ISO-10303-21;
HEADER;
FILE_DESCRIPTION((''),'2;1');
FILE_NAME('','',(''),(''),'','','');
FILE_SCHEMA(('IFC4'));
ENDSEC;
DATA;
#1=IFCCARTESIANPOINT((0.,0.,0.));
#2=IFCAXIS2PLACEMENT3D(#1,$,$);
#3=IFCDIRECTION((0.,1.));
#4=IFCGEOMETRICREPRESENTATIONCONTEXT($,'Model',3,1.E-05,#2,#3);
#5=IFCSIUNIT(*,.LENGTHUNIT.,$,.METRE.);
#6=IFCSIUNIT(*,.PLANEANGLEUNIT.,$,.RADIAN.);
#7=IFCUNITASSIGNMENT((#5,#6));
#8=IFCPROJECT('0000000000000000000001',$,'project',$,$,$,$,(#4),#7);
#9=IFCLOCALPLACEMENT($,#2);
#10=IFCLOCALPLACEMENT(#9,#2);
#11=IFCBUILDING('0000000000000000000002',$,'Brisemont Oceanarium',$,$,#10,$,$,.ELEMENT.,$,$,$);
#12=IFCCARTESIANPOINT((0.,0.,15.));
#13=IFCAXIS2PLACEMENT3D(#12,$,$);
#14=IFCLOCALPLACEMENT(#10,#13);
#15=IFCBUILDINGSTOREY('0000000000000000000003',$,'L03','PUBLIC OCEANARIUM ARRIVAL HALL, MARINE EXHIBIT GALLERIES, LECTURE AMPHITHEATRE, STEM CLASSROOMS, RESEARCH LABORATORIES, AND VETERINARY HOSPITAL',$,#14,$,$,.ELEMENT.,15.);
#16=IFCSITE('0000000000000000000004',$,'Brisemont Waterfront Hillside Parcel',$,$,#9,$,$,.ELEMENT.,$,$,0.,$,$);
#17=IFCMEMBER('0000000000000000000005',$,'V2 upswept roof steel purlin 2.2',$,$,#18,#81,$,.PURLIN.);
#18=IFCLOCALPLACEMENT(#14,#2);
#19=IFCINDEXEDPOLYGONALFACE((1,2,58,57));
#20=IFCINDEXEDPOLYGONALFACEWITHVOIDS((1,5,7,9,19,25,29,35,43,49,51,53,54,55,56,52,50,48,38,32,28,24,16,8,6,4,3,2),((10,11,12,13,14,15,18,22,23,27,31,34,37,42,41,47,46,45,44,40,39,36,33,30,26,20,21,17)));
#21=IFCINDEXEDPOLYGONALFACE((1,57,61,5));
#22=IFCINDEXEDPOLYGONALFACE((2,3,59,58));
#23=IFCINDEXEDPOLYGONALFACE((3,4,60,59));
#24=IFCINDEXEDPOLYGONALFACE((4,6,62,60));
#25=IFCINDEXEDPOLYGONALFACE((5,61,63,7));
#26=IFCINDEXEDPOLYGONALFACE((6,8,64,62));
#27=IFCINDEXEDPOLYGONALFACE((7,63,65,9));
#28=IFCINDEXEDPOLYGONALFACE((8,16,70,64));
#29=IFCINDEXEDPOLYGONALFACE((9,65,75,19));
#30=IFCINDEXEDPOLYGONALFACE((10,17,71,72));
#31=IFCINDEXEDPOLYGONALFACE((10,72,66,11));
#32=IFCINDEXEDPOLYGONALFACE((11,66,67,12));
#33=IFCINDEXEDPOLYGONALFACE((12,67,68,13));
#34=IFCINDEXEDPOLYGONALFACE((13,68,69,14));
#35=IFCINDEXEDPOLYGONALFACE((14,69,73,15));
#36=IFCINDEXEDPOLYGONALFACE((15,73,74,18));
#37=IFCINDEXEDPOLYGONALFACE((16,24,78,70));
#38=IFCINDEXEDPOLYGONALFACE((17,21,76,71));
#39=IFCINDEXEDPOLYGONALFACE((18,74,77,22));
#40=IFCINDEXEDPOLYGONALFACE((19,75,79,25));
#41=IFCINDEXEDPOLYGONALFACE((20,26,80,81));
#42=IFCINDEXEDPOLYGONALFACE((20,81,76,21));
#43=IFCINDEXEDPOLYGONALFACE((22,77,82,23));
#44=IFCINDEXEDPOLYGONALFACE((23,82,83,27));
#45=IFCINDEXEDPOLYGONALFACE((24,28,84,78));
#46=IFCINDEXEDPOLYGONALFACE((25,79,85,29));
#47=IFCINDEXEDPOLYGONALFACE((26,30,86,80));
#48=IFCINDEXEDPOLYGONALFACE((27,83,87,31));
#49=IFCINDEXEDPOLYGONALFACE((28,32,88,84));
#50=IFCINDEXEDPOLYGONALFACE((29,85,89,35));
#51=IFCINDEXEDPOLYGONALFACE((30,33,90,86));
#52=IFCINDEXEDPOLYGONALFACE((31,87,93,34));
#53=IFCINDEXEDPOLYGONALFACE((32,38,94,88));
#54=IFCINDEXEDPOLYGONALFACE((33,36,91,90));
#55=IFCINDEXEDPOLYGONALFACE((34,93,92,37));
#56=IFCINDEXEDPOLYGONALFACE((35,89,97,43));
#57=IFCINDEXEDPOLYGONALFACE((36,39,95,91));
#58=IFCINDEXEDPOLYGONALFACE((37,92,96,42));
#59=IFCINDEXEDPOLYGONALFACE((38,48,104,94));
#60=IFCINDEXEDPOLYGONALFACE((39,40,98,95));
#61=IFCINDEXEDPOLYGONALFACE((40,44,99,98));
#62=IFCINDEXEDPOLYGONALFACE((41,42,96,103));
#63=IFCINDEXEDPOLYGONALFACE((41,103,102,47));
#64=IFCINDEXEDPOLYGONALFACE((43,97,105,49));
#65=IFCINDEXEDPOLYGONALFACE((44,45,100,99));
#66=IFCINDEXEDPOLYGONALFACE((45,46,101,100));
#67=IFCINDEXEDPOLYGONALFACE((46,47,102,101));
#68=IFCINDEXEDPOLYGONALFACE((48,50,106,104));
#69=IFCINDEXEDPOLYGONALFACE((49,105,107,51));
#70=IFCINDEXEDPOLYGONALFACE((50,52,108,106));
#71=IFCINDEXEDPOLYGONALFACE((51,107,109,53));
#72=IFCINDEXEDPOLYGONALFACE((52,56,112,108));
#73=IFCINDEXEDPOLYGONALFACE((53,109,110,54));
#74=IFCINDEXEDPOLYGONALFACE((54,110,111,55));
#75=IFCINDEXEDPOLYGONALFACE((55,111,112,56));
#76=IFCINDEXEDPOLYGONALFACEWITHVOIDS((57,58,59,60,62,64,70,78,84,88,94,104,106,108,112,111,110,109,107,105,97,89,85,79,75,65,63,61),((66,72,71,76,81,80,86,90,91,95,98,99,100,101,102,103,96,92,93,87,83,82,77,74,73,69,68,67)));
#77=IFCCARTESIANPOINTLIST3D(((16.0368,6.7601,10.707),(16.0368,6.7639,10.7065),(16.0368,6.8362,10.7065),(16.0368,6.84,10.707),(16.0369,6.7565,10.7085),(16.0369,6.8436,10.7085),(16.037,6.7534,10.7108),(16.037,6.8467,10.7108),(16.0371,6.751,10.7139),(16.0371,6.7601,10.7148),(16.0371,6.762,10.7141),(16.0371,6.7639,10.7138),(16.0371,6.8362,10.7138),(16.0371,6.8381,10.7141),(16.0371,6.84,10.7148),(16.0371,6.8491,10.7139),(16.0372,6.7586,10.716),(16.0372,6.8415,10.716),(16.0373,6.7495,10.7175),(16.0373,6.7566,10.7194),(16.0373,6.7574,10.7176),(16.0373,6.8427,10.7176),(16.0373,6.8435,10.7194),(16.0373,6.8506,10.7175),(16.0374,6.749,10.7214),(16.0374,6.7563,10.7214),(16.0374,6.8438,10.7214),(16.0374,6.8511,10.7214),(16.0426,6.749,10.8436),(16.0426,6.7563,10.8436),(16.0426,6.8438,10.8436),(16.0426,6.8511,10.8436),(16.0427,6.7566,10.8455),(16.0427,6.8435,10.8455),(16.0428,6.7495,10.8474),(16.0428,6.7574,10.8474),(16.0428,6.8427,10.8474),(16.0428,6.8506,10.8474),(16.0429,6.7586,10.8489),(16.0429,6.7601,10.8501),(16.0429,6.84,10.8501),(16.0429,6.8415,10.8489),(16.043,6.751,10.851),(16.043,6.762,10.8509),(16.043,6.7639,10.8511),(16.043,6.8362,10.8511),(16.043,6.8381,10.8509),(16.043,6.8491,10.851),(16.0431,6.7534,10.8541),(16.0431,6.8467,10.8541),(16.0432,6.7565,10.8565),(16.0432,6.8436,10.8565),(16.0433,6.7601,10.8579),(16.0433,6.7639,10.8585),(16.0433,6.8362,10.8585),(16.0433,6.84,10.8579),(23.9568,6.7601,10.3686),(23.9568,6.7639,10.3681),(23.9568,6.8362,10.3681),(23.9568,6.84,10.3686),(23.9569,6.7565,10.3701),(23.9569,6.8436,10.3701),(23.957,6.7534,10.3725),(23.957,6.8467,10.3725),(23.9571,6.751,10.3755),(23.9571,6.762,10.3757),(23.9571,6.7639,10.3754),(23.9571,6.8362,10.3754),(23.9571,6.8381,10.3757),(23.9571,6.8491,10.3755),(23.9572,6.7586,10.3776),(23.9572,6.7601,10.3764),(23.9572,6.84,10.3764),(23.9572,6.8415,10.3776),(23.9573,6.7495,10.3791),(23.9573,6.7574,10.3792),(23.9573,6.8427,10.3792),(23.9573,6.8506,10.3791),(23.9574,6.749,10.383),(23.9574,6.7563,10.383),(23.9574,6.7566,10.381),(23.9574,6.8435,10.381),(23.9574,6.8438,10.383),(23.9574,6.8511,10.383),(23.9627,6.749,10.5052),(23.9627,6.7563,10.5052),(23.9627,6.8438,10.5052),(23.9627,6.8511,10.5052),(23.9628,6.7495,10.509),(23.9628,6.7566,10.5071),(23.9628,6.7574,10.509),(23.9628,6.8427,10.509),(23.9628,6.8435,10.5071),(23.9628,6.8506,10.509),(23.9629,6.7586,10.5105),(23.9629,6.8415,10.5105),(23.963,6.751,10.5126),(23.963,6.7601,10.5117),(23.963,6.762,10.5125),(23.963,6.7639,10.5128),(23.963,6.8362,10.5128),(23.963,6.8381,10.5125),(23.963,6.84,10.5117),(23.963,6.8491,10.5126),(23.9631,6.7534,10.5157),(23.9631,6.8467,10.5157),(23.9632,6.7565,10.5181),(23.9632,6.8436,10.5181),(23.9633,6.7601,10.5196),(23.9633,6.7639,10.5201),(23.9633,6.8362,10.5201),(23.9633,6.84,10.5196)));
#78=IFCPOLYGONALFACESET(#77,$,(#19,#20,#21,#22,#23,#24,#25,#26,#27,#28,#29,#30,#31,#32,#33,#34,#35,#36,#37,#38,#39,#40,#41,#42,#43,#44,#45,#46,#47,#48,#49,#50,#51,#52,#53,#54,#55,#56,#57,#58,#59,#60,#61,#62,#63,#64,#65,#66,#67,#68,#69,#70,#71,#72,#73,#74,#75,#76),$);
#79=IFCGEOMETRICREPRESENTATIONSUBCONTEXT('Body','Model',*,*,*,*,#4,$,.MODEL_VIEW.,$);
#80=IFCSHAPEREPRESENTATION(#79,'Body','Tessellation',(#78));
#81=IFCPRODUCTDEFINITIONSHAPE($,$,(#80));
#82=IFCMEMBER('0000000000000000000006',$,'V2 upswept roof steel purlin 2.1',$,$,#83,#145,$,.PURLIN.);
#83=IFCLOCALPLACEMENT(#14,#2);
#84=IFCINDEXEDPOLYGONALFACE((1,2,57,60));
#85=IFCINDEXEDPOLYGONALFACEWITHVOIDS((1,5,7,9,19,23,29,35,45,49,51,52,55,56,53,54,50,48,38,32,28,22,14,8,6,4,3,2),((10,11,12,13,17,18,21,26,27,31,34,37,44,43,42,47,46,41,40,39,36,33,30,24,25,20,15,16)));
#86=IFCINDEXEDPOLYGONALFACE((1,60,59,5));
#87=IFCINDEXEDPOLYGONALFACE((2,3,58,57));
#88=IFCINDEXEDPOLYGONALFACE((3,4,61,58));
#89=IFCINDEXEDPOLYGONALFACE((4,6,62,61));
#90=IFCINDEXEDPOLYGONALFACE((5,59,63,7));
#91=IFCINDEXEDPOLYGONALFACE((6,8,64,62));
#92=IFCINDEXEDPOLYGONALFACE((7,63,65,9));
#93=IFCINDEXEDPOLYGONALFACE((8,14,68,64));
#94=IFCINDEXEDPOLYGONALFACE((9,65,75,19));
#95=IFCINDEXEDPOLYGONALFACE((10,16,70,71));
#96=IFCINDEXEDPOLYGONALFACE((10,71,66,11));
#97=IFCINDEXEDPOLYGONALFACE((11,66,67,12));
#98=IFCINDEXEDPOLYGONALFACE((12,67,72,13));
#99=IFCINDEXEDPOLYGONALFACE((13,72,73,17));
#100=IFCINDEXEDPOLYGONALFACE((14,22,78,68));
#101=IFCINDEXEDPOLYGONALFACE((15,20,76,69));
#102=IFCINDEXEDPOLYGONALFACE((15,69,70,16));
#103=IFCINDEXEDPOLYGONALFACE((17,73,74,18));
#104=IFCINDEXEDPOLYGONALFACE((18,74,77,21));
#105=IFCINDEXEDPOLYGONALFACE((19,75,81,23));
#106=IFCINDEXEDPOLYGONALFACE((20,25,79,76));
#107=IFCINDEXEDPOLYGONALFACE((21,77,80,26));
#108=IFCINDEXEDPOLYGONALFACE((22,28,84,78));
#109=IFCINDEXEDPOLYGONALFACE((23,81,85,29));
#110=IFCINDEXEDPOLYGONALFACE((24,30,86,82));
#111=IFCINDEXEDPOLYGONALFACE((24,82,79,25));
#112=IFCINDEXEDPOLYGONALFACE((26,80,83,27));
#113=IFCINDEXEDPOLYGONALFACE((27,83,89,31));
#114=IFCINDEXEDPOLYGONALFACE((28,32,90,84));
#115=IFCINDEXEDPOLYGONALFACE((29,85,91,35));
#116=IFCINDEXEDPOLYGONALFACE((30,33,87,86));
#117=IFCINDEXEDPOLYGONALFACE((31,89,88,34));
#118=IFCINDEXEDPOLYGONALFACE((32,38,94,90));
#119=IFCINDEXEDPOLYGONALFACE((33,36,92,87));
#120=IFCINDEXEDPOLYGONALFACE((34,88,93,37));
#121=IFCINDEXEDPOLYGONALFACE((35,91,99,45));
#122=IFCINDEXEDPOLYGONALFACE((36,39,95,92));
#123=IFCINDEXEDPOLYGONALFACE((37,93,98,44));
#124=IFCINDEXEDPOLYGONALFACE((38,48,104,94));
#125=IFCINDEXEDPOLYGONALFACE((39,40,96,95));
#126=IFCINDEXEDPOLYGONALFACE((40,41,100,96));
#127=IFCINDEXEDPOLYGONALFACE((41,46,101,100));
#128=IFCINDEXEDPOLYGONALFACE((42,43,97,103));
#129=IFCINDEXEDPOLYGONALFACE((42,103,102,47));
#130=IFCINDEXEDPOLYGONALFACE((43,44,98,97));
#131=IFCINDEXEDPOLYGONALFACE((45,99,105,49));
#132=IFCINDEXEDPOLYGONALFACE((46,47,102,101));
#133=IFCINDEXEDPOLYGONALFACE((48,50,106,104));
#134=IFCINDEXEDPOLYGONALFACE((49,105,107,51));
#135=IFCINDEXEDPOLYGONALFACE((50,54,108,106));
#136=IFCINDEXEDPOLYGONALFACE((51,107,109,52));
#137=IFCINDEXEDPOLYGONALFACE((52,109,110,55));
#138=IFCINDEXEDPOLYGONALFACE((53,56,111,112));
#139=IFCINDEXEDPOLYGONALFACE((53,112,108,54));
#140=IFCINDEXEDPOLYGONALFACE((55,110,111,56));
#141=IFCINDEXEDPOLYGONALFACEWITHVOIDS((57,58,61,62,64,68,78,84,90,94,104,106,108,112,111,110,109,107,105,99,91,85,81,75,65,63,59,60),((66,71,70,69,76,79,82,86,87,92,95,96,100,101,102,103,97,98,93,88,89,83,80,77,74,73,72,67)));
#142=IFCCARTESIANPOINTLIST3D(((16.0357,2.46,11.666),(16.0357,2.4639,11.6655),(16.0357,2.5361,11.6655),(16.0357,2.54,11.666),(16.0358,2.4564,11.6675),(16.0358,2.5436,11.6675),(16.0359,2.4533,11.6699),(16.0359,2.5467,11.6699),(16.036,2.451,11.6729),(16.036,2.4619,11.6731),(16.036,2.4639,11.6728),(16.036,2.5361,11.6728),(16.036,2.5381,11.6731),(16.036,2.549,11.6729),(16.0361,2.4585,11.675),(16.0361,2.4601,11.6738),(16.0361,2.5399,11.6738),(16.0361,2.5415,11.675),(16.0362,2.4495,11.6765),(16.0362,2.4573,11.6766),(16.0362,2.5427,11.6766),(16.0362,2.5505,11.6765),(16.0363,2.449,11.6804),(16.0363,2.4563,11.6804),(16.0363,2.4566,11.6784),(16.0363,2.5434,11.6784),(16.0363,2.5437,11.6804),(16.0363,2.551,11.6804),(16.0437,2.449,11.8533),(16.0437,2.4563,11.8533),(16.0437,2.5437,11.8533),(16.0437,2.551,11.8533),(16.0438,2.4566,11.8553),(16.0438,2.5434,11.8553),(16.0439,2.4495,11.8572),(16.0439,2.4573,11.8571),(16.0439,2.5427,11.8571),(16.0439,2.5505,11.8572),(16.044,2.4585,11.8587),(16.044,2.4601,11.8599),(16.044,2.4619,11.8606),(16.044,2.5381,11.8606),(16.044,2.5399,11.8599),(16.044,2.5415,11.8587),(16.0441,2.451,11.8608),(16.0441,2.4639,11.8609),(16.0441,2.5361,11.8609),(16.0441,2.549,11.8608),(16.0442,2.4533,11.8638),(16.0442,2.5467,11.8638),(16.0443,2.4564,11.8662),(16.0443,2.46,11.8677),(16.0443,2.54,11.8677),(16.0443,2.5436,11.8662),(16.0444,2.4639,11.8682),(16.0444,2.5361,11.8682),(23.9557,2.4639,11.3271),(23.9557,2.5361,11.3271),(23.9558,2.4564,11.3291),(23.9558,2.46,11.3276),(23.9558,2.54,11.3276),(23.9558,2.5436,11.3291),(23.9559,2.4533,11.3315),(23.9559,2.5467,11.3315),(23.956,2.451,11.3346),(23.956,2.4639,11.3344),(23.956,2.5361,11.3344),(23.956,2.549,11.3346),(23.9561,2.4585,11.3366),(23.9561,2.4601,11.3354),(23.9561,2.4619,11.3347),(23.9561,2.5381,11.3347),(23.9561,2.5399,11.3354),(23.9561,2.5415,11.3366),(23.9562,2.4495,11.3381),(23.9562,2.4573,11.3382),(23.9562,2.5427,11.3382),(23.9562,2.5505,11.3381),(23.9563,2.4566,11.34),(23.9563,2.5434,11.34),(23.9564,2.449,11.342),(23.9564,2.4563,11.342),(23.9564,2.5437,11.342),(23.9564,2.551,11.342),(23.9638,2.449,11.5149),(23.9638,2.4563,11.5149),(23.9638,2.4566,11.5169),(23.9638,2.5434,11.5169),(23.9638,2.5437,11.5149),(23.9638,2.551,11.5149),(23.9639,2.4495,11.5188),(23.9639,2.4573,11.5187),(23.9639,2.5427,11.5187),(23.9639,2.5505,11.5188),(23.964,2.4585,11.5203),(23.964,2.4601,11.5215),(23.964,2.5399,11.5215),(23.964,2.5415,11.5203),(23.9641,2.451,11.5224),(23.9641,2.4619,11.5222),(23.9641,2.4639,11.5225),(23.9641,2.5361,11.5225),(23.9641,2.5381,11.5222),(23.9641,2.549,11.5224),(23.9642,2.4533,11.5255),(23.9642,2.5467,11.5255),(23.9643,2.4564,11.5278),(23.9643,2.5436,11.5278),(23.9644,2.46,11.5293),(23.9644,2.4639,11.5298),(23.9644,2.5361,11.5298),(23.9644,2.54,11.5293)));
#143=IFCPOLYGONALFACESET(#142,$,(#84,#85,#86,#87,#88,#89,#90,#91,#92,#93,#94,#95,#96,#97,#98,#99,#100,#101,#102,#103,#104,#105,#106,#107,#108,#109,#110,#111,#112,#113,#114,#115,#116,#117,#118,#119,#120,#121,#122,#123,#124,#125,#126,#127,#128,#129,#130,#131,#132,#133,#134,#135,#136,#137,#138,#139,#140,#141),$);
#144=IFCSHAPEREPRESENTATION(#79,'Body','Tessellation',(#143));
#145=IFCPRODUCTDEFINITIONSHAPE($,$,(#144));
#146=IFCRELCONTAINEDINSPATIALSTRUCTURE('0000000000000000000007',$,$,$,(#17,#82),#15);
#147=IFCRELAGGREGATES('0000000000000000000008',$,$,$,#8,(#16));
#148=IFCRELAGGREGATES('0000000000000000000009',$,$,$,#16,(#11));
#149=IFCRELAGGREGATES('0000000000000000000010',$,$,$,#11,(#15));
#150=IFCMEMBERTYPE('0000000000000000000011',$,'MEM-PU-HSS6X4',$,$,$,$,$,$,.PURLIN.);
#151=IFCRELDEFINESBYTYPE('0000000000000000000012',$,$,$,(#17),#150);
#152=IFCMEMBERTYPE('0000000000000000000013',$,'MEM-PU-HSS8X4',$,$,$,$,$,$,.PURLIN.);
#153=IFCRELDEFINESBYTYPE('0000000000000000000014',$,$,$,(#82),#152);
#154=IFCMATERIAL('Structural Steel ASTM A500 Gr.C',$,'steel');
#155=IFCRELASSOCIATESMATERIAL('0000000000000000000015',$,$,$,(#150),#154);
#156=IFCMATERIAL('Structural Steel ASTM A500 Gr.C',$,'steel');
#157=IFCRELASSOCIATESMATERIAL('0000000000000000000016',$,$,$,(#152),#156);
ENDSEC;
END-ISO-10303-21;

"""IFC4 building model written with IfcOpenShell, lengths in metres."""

from ifc_helpers import new_model, si_unit, direction, frame, origin, origin_2d, place, context, subcontext, project, spatial, hollow_rectangle, extrude, material, material_profile, profile_set, type_object, element, save


model = new_model("IFC4")

# Units and contexts
model_context = context("Model", 3, precision=1e-05, world=origin(), true_north=direction((0.0, 1.0)))
body_context = subcontext(model_context, "Body", "Model", "MODEL_VIEW")
ifc_project = project(units=[si_unit("LENGTHUNIT", "METRE"), si_unit("PLANEANGLEUNIT", "RADIAN")], contexts=[model_context])

# Site, building, storey
site_placement = place(None, origin())
site = spatial("IfcSite", under=ifc_project, at=site_placement, Name="Brisemont Waterfront Hillside Parcel", CompositionType="ELEMENT", RefElevation=0.0)
building_placement = place(site_placement, origin())
building = spatial("IfcBuilding", under=site, at=building_placement, Name="Brisemont Oceanarium", CompositionType="ELEMENT")
storey_placement = place(building_placement, frame((0.0, 0.0, 15.0)))
storey = spatial("IfcBuildingStorey", under=building, at=storey_placement, Name="L03", Description="PUBLIC OCEANARIUM ARRIVAL HALL, MARINE EXHIBIT GALLERIES, LECTURE AMPHITHEATRE, STEM CLASSROOMS, RESEARCH LABORATORIES, AND VETERINARY HOSPITAL", CompositionType="ELEMENT", Elevation=15.0)

# Members
ifc_material_1 = material(Name="Structural Steel ASTM A500 Gr.C", Category="steel")
ifc_material_profile_1 = material_profile(ifc_material_1, hollow_rectangle(XDim=0.1021, YDim=0.1521, WallThickness=0.0073, InnerFilletRadius=0.0076, OuterFilletRadius=0.0149, at=origin_2d()), Name="HSS6X4X5/16")
ifc_profile_set_1 = profile_set([ifc_material_profile_1], Name="Structural Steel ASTM A500 Gr.C")
member_type_1 = type_object("IfcMemberType", Name="MEM-PU-HSS6X4", PredefinedType="PURLIN", material=ifc_profile_set_1)
member_1_placement = place(storey_placement, frame((16.04, 6.8, 10.7825), z_axis=(0.999089, 0.0, -0.042686), x_axis=(0.0, 1.0, 0.0)))
element("IfcMember", 1, at=member_1_placement, inside=storey, type_object=member_type_1, Name="V2 upswept roof steel purlin 2.2", PredefinedType="PURLIN", context=body_context, shape_type="SweptSolid", body=[
    extrude(hollow_rectangle(XDim=0.1021, YDim=0.1521, WallThickness=0.0073, InnerFilletRadius=0.0076, OuterFilletRadius=0.0149, at=origin_2d()), origin(), (0.0, 0.0, 1.0), 7.9272),
])
ifc_material_2 = material(Name="Structural Steel ASTM A500 Gr.C", Category="steel")
ifc_material_profile_2 = material_profile(ifc_material_2, hollow_rectangle(XDim=0.1021, YDim=0.2029, WallThickness=0.0073, InnerFilletRadius=0.0076, OuterFilletRadius=0.0149, at=origin_2d()), Name="HSS8X4X5/16")
ifc_profile_set_2 = profile_set([ifc_material_profile_2], Name="Structural Steel ASTM A500 Gr.C")
member_type_2 = type_object("IfcMemberType", Name="MEM-PU-HSS8X4", PredefinedType="PURLIN", material=ifc_profile_set_2)
for number, where, z_axis, x_axis, name in (
    (2, (16.04, 2.5, 11.7668), (0.999089, 0.0, -0.042686), (0.0, 1.0, 0.0), "V2 upswept roof steel purlin 2.1"),
):
    element("IfcMember", number, at=place(storey_placement, frame(where, z_axis=z_axis, x_axis=x_axis)), inside=storey, type_object=member_type_2, Name=name, PredefinedType="PURLIN", context=body_context, shape_type="SweptSolid", body=[
        extrude(hollow_rectangle(XDim=0.1021, YDim=0.2029, WallThickness=0.0073, InnerFilletRadius=0.0076, OuterFilletRadius=0.0149, at=origin_2d()), origin(), (0.0, 0.0, 1.0), 7.9272),
    ])

save(model, "model.ifc")
